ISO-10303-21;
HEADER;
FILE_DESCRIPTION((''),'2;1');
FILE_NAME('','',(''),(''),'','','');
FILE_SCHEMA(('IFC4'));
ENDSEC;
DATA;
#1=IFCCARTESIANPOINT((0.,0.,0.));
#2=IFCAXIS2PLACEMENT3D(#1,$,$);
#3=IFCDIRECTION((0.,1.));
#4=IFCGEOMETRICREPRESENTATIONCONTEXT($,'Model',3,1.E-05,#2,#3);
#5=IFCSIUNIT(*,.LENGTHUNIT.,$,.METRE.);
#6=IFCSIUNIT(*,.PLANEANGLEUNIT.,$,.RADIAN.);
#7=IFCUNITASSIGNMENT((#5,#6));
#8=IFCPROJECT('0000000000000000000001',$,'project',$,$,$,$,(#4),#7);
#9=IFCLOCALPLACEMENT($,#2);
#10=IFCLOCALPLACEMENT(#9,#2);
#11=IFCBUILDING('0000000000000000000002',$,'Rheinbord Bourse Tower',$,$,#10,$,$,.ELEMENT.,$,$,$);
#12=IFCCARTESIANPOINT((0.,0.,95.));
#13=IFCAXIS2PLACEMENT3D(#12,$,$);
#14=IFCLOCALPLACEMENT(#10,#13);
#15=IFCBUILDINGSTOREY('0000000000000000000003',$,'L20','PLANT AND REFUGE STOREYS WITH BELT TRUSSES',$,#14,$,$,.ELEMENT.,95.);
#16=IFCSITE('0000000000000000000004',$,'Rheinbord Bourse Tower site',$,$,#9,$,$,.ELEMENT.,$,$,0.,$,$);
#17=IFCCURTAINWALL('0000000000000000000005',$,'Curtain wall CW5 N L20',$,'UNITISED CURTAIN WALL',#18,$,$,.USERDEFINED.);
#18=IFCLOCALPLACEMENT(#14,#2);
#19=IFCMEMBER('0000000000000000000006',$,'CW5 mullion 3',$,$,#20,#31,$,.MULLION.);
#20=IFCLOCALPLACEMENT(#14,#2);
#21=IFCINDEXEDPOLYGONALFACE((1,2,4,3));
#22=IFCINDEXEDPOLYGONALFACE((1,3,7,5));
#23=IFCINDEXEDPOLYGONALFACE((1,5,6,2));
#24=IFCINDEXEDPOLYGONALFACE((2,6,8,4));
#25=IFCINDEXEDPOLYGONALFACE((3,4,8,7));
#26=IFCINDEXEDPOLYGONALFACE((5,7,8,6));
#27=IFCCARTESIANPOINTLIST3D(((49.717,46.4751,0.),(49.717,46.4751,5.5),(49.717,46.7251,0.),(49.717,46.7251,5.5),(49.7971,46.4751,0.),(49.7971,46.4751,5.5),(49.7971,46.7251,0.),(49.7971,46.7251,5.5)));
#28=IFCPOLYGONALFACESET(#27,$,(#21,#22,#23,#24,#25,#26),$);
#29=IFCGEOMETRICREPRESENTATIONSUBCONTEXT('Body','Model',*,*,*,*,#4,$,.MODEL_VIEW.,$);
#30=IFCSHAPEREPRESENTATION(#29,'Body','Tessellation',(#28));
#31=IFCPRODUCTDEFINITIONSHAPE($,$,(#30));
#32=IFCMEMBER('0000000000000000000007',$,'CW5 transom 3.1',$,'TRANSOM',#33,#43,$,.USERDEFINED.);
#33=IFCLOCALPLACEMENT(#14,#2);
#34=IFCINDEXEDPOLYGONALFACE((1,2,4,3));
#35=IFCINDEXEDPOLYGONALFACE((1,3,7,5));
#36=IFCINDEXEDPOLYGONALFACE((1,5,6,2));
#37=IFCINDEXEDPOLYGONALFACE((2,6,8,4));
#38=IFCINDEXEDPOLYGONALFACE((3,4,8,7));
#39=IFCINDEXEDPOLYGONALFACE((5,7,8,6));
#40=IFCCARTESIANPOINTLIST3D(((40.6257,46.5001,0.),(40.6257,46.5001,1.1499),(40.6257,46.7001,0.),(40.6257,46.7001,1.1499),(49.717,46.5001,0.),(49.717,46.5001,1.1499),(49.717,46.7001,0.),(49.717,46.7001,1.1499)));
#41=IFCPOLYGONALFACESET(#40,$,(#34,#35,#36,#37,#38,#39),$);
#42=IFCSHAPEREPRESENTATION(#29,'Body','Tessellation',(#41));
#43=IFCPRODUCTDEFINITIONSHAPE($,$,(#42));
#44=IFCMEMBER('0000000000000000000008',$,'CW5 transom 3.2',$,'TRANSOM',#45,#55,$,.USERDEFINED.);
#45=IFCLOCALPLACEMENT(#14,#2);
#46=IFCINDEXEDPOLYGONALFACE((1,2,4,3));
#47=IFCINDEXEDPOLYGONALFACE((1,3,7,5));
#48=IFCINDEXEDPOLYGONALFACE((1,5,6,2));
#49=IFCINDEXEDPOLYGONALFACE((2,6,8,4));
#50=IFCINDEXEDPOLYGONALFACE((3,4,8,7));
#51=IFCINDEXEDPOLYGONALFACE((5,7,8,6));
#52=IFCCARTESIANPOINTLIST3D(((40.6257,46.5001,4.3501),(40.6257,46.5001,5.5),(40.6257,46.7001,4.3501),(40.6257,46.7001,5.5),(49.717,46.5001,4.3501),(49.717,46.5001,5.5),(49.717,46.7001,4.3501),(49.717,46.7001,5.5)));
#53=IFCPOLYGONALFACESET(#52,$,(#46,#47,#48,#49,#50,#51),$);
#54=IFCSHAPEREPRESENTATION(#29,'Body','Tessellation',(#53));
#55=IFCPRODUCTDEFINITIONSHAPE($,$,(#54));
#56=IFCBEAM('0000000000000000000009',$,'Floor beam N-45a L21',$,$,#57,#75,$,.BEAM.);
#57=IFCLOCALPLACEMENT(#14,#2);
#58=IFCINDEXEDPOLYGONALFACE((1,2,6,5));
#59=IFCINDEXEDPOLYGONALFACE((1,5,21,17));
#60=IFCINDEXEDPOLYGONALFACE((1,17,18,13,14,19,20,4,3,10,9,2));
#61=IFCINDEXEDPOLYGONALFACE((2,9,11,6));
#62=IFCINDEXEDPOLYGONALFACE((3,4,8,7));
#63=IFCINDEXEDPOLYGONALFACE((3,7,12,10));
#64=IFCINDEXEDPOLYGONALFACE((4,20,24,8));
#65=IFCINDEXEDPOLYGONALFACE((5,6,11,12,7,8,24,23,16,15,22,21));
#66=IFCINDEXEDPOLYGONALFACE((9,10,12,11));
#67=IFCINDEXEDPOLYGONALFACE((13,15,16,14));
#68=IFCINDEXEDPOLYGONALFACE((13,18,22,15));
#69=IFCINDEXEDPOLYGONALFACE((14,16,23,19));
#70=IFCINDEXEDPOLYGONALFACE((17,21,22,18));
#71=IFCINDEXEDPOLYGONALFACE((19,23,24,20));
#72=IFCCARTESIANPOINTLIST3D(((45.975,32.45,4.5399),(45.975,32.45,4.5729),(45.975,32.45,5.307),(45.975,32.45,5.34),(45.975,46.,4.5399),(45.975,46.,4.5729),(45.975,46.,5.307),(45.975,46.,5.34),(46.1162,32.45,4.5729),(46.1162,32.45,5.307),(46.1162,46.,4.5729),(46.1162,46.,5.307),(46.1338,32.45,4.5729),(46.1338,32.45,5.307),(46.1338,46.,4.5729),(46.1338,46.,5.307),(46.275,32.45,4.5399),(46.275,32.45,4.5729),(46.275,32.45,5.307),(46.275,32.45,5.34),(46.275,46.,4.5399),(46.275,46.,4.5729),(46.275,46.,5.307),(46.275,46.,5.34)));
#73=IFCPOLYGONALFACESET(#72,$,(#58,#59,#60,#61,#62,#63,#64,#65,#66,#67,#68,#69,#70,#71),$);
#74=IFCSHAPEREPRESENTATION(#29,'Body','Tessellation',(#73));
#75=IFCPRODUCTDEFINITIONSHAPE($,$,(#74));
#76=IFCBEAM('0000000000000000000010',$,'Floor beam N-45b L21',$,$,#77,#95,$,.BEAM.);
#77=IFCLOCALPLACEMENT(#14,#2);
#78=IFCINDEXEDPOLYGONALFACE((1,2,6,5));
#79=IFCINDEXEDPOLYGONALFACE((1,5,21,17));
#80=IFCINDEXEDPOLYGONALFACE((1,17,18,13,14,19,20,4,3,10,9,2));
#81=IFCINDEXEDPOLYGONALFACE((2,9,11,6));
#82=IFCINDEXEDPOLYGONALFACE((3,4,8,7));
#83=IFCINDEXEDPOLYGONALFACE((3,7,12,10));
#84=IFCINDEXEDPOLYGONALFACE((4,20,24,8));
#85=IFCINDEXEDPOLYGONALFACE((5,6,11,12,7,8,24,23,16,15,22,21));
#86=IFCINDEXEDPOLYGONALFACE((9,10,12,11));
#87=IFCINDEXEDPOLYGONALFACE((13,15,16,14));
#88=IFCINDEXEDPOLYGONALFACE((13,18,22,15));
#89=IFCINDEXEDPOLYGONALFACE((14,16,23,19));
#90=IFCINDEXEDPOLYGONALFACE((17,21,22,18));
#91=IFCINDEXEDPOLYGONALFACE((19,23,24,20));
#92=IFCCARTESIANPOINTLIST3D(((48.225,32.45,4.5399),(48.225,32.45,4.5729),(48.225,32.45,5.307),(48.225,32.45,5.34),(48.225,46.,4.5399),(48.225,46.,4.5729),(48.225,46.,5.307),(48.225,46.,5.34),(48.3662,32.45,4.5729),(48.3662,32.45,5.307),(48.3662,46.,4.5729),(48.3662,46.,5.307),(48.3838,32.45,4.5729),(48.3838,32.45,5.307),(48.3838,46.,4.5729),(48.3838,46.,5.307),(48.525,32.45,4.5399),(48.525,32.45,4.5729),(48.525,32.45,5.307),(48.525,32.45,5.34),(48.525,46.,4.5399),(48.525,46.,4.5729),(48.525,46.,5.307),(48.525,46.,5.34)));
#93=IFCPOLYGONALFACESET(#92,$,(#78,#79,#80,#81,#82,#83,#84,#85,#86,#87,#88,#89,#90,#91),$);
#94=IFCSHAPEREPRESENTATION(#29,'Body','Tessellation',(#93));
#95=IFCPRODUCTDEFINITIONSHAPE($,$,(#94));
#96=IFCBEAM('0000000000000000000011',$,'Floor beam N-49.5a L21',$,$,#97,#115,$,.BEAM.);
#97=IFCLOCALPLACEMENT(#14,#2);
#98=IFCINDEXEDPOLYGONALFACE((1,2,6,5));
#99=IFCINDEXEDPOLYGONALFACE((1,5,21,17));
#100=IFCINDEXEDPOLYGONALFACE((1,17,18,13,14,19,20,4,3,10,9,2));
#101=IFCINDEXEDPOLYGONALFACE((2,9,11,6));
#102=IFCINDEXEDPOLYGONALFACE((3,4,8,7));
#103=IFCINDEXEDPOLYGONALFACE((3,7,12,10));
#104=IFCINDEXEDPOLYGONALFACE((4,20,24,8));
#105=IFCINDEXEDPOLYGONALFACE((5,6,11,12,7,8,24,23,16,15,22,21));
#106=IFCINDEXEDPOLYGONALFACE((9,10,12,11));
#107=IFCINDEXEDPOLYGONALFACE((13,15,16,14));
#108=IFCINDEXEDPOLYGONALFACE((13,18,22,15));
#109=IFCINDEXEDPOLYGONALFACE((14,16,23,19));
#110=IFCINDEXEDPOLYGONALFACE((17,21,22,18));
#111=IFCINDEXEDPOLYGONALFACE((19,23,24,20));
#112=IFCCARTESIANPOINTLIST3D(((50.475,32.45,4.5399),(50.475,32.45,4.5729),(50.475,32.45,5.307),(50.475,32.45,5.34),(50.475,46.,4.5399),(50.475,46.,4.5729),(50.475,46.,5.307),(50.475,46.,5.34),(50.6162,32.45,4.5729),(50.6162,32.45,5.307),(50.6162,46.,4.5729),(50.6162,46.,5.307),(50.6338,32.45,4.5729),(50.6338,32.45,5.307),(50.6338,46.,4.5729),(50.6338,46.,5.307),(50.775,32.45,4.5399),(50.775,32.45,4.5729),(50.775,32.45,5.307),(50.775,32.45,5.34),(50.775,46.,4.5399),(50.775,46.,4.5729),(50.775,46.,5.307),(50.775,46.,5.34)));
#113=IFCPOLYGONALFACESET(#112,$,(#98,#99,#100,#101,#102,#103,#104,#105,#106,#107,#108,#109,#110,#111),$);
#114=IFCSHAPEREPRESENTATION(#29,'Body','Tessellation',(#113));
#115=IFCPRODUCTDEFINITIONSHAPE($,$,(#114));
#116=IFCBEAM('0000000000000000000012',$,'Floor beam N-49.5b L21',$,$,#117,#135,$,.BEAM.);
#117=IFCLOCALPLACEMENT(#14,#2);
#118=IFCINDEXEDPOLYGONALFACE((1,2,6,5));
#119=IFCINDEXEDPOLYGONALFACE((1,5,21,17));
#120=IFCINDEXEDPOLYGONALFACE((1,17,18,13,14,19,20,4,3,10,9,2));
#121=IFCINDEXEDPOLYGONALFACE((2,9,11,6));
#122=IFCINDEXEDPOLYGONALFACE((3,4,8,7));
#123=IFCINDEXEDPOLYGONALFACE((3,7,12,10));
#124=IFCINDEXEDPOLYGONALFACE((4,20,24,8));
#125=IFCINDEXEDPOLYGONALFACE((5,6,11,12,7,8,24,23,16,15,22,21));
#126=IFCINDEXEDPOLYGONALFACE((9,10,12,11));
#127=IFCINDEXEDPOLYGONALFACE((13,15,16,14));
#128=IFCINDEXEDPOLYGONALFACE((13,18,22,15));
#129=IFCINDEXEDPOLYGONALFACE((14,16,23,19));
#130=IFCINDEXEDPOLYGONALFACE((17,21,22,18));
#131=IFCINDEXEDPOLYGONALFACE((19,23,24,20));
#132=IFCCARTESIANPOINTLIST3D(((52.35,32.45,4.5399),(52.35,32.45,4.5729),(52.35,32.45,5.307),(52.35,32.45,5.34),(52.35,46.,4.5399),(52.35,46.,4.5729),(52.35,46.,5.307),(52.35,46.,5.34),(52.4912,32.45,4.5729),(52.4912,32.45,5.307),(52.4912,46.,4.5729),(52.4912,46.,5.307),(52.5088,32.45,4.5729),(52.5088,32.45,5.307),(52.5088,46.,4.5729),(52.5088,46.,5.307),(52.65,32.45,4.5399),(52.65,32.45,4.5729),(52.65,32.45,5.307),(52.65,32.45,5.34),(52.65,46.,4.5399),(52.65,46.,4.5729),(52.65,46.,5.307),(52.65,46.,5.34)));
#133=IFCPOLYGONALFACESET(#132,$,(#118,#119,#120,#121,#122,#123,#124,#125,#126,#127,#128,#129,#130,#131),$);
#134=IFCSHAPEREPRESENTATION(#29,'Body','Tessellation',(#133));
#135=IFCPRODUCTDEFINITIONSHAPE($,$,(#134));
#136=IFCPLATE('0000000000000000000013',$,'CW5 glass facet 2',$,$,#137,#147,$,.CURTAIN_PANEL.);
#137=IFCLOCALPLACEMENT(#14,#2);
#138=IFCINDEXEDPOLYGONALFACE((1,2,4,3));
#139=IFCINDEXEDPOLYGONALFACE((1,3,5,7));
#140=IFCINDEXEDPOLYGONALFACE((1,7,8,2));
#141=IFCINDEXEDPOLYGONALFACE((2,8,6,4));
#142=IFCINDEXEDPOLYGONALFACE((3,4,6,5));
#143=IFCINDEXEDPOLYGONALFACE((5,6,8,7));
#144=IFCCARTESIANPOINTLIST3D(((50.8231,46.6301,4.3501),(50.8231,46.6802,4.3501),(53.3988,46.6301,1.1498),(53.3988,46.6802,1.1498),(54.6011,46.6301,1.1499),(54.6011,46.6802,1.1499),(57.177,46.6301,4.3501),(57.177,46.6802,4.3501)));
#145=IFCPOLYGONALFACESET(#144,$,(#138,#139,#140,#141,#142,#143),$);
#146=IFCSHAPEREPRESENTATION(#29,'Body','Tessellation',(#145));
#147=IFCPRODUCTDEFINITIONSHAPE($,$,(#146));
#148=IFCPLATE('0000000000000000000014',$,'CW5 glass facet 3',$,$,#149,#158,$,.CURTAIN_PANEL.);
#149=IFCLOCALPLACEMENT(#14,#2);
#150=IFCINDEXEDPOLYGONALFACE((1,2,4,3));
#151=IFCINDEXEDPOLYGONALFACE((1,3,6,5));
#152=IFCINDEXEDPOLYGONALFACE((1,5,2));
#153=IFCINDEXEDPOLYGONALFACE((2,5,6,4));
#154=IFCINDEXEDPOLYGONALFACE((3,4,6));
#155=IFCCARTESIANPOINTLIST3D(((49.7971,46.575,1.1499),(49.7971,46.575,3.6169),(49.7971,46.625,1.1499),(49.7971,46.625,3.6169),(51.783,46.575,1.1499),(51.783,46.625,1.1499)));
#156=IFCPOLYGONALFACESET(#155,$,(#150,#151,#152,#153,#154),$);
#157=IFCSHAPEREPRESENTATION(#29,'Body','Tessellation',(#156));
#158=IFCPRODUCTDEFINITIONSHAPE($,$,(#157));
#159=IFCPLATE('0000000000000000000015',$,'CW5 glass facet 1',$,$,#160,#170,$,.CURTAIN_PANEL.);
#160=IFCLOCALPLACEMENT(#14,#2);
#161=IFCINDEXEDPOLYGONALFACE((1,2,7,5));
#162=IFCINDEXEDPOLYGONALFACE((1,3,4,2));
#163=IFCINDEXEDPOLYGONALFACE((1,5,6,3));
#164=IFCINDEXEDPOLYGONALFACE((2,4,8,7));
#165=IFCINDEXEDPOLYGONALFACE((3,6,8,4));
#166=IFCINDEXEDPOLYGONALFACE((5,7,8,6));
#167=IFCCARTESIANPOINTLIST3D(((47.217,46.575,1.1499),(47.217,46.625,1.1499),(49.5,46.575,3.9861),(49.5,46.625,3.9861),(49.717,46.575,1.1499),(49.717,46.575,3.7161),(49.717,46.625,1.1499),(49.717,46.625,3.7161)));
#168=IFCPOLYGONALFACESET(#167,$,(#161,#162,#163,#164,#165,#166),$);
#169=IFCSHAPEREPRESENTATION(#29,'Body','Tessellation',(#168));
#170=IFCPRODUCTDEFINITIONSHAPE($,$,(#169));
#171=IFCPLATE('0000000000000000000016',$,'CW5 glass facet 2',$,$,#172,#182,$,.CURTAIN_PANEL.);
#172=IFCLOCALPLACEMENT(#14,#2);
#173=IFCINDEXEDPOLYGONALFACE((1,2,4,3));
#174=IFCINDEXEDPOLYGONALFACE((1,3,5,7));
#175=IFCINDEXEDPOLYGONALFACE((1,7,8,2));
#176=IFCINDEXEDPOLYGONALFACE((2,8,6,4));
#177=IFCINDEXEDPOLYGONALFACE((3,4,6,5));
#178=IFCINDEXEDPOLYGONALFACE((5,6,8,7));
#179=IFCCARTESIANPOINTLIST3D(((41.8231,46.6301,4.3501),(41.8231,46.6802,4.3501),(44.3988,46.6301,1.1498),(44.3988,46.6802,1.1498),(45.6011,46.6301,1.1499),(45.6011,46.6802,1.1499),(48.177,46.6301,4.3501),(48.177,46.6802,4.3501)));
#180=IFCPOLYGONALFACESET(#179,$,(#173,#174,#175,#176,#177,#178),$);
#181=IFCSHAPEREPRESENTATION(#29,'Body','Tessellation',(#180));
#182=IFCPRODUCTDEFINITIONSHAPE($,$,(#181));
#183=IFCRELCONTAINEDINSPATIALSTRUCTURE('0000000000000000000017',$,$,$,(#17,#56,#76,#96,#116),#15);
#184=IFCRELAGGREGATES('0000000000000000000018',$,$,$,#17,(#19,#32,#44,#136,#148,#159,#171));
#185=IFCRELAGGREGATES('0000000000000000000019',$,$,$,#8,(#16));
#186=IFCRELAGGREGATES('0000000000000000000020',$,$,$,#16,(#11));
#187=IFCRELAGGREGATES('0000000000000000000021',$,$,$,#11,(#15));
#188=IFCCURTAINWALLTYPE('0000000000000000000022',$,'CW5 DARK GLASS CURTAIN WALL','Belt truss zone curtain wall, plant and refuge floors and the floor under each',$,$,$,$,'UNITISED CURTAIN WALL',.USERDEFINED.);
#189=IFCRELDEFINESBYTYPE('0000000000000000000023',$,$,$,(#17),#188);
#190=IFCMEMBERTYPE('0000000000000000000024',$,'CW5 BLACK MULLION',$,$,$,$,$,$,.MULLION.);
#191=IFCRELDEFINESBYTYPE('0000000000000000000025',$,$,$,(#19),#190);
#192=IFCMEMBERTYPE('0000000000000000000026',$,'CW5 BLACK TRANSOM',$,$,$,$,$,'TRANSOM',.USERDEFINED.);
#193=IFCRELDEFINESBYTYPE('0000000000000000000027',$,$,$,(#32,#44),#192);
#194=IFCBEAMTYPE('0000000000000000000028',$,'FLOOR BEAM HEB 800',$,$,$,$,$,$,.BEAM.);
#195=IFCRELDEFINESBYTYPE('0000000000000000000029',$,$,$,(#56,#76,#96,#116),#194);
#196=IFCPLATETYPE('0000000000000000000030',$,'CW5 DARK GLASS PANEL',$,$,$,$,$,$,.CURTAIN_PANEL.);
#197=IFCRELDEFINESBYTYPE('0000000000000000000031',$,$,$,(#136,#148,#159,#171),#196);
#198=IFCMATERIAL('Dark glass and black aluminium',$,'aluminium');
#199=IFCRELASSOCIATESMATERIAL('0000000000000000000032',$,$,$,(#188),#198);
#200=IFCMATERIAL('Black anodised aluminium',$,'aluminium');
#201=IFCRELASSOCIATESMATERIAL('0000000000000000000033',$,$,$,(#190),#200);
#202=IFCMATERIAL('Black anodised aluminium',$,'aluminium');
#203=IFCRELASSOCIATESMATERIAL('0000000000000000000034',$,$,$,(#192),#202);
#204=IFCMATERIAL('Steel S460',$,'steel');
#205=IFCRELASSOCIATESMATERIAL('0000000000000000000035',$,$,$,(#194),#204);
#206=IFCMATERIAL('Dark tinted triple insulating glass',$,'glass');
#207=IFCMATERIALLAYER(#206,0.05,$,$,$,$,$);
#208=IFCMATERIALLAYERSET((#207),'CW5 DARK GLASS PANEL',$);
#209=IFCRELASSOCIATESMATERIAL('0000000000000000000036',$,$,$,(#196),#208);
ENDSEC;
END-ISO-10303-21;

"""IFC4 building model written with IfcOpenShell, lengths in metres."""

from ifc_helpers import new_model, si_unit, direction, frame, origin, origin_2d, place, context, subcontext, project, spatial, polyline, rectangle, i_section, outline, extrude, material, layer, layer_set, material_profile, profile_set, type_object, element, aggregate, save


model = new_model("IFC4")

# Units and contexts
model_context = context("Model", 3, precision=1e-05, world=origin(), true_north=direction((0.0, 1.0)))
body_context = subcontext(model_context, "Body", "Model", "MODEL_VIEW")
ifc_project = project(units=[si_unit("LENGTHUNIT", "METRE"), si_unit("PLANEANGLEUNIT", "RADIAN")], contexts=[model_context])

# Site, building, storey
site_placement = place(None, origin())
site = spatial("IfcSite", under=ifc_project, at=site_placement, Name="Rheinbord Bourse Tower site", CompositionType="ELEMENT", RefElevation=0.0)
building_placement = place(site_placement, origin())
building = spatial("IfcBuilding", under=site, at=building_placement, Name="Rheinbord Bourse Tower", CompositionType="ELEMENT")
storey_placement = place(building_placement, frame((0.0, 0.0, 95.0)))
storey = spatial("IfcBuildingStorey", under=building, at=storey_placement, Name="L20", Description="PLANT AND REFUGE STOREYS WITH BELT TRUSSES", CompositionType="ELEMENT", Elevation=95.0)

# Curtain wall, members
ifc_material_1 = material(Name="Dark glass and black aluminium", Category="aluminium")
curtain_wall_type = type_object("IfcCurtainWallType", Name="CW5 DARK GLASS CURTAIN WALL", Description="Belt truss zone curtain wall, plant and refuge floors and the floor under each", ElementType="UNITISED CURTAIN WALL", PredefinedType="USERDEFINED", material=ifc_material_1)
curtain_wall_placement = place(storey_placement, origin())
curtain_wall = element("IfcCurtainWall", 1, at=curtain_wall_placement, inside=storey, type_object=curtain_wall_type, Name="Curtain wall CW5 N L20", ObjectType="UNITISED CURTAIN WALL", PredefinedType="USERDEFINED")
ifc_material_2 = material(Name="Black anodised aluminium", Category="aluminium")
ifc_material_profile_1 = material_profile(ifc_material_2, rectangle(XDim=0.25, YDim=0.0801, at=origin_2d()), Name="CW5 MULLION 80x250")
ifc_profile_set_1 = profile_set([ifc_material_profile_1], Name="Black anodised aluminium")
member_type_1 = type_object("IfcMemberType", Name="CW5 BLACK MULLION", PredefinedType="MULLION", material=ifc_profile_set_1)
member_1_placement = place(storey_placement, frame((49.7571, 46.6001, 0.0), z_axis=(0.0, 0.0, 1.0), x_axis=(0.0, -1.0, 0.0)))
member_1 = element("IfcMember", 2, at=member_1_placement, type_object=member_type_1, Name="CW5 mullion 3", PredefinedType="MULLION", context=body_context, shape_type="SweptSolid", body=[
    extrude(rectangle(XDim=0.25, YDim=0.0801, at=origin_2d()), origin(), (0.0, 0.0, 1.0), 5.5),
])
ifc_material_3 = material(Name="Black anodised aluminium", Category="aluminium")
ifc_material_profile_2 = material_profile(ifc_material_3, rectangle(XDim=0.2, YDim=1.1499, at=origin_2d()), Name="CW5 TRANSOM 1150x200")
ifc_profile_set_2 = profile_set([ifc_material_profile_2], Name="Black anodised aluminium")
member_type_2 = type_object("IfcMemberType", Name="CW5 BLACK TRANSOM", ElementType="TRANSOM", PredefinedType="USERDEFINED", material=ifc_profile_set_2)
member_2_placement = place(storey_placement, frame((49.717, 46.6001, 0.575), z_axis=(-1.0, 0.0, 0.0), x_axis=(0.0, -1.0, 0.0)))
member_2 = element("IfcMember", 3, at=member_2_placement, type_object=member_type_2, Name="CW5 transom 3.1", ObjectType="TRANSOM", PredefinedType="USERDEFINED", context=body_context, shape_type="SweptSolid", body=[
    extrude(rectangle(XDim=0.2, YDim=1.1499, at=origin_2d()), origin(), (0.0, 0.0, 1.0), 9.0913),
])
member_3_placement = place(storey_placement, frame((49.717, 46.6001, 4.925), z_axis=(-1.0, 0.0, 0.0), x_axis=(0.0, -1.0, 0.0)))
member_3 = element("IfcMember", 4, at=member_3_placement, type_object=member_type_2, Name="CW5 transom 3.2", ObjectType="TRANSOM", PredefinedType="USERDEFINED", context=body_context, shape_type="SweptSolid", body=[
    extrude(rectangle(XDim=0.2, YDim=1.1499, at=origin_2d()), origin(), (0.0, 0.0, 1.0), 9.0913),
])

# Beams
ifc_material_4 = material(Name="Steel S460", Category="steel")
ifc_material_profile_3 = material_profile(ifc_material_4, i_section(OverallWidth=0.3, OverallDepth=0.8, WebThickness=0.0176, FlangeThickness=0.033, at=origin_2d()), Name="HEB 800")
ifc_profile_set_3 = profile_set([ifc_material_profile_3], Name="Steel S460")
beam_type_1 = type_object("IfcBeamType", Name="FLOOR BEAM HEB 800", PredefinedType="BEAM", material=ifc_profile_set_3)
for number, where, z_axis, x_axis, name in (
    (5, (46.125, 46.0, 4.9399), (0.0, -1.0, 0.0), (1.0, 0.0, 0.0), "Floor beam N-45a L21"),
    (6, (48.375, 46.0, 4.9399), (0.0, -1.0, 0.0), (1.0, 0.0, 0.0), "Floor beam N-45b L21"),
    (7, (50.625, 46.0, 4.9399), (0.0, -1.0, 0.0), (1.0, 0.0, 0.0), "Floor beam N-49.5a L21"),
    (8, (52.5, 46.0, 4.9399), (0.0, -1.0, 0.0), (1.0, 0.0, 0.0), "Floor beam N-49.5b L21"),
):
    element("IfcBeam", number, at=place(storey_placement, frame(where, z_axis=z_axis, x_axis=x_axis)), inside=storey, type_object=beam_type_1, Name=name, PredefinedType="BEAM", context=body_context, shape_type="SweptSolid", body=[
        extrude(i_section(OverallWidth=0.3, OverallDepth=0.8, WebThickness=0.0176, FlangeThickness=0.033, at=origin_2d()), origin(), (0.0, 0.0, 1.0), 13.55),
    ])

# Plates
ifc_material_5 = material(Name="Dark tinted triple insulating glass", Category="glass")
ifc_layer = layer(ifc_material_5, 0.05)
ifc_layer_set = layer_set([ifc_layer], Name="CW5 DARK GLASS PANEL")
plate_type = type_object("IfcPlateType", Name="CW5 DARK GLASS PANEL", PredefinedType="CURTAIN_PANEL", material=ifc_layer_set)
plate_1_placement = place(storey_placement, frame((54.6011, 46.6802, 1.1499), z_axis=(0.0, -1.0, 0.0), x_axis=(0.627033, 0.0, 0.778993)))
plate_1 = element("IfcPlate", 9, at=plate_1_placement, type_object=plate_type, Name="CW5 glass facet 2", PredefinedType="CURTAIN_PANEL", context=body_context, shape_type="SweptSolid", body=[
    extrude(outline(polyline([(0.0, 0.0), (4.1082, 0.0), (0.124, 4.9497), (-0.7539, 0.9365), (0.0, 0.0)])), origin(), (0.0, 0.0, 1.0), 0.05),
])
plate_2_placement = place(storey_placement, frame((49.7971, 46.625, 1.1499), z_axis=(0.0, -1.0, 0.0), x_axis=(1.0, 0.0, 0.0)))
plate_2 = element("IfcPlate", 10, at=plate_2_placement, type_object=plate_type, Name="CW5 glass facet 3", PredefinedType="CURTAIN_PANEL", context=body_context, shape_type="SweptSolid", body=[
    extrude(outline(polyline([(0.0, 0.0), (1.9858, 0.0), (0.0, 2.467), (0.0, 0.0)])), origin(), (0.0, 0.0, 1.0), 0.05),
])
plate_3_placement = place(storey_placement, frame((49.717, 46.625, 1.1499), z_axis=(0.0, -1.0, 0.0), x_axis=(0.0, 0.0, 1.0)))
plate_3 = element("IfcPlate", 11, at=plate_3_placement, type_object=plate_type, Name="CW5 glass facet 1", PredefinedType="CURTAIN_PANEL", context=body_context, shape_type="SweptSolid", body=[
    extrude(outline(polyline([(0.0, 0.0), (2.5662, 0.0), (2.8362, 0.217), (0.0, 2.5), (0.0, 0.0)])), origin(), (0.0, 0.0, 1.0), 0.05),
])
plate_4_placement = place(storey_placement, frame((45.6011, 46.6802, 1.1499), z_axis=(0.0, -1.0, 0.0), x_axis=(0.627033, 0.0, 0.778993)))
plate_4 = element("IfcPlate", 12, at=plate_4_placement, type_object=plate_type, Name="CW5 glass facet 2", PredefinedType="CURTAIN_PANEL", context=body_context, shape_type="SweptSolid", body=[
    extrude(outline(polyline([(0.0, 0.0), (4.1082, 0.0), (0.124, 4.9497), (-0.7539, 0.9365), (0.0, 0.0)])), origin(), (0.0, 0.0, 1.0), 0.05),
])
aggregate(curtain_wall, [member_1, member_2, member_3, plate_1, plate_2, plate_3, plate_4])

save(model, "model.ifc")
